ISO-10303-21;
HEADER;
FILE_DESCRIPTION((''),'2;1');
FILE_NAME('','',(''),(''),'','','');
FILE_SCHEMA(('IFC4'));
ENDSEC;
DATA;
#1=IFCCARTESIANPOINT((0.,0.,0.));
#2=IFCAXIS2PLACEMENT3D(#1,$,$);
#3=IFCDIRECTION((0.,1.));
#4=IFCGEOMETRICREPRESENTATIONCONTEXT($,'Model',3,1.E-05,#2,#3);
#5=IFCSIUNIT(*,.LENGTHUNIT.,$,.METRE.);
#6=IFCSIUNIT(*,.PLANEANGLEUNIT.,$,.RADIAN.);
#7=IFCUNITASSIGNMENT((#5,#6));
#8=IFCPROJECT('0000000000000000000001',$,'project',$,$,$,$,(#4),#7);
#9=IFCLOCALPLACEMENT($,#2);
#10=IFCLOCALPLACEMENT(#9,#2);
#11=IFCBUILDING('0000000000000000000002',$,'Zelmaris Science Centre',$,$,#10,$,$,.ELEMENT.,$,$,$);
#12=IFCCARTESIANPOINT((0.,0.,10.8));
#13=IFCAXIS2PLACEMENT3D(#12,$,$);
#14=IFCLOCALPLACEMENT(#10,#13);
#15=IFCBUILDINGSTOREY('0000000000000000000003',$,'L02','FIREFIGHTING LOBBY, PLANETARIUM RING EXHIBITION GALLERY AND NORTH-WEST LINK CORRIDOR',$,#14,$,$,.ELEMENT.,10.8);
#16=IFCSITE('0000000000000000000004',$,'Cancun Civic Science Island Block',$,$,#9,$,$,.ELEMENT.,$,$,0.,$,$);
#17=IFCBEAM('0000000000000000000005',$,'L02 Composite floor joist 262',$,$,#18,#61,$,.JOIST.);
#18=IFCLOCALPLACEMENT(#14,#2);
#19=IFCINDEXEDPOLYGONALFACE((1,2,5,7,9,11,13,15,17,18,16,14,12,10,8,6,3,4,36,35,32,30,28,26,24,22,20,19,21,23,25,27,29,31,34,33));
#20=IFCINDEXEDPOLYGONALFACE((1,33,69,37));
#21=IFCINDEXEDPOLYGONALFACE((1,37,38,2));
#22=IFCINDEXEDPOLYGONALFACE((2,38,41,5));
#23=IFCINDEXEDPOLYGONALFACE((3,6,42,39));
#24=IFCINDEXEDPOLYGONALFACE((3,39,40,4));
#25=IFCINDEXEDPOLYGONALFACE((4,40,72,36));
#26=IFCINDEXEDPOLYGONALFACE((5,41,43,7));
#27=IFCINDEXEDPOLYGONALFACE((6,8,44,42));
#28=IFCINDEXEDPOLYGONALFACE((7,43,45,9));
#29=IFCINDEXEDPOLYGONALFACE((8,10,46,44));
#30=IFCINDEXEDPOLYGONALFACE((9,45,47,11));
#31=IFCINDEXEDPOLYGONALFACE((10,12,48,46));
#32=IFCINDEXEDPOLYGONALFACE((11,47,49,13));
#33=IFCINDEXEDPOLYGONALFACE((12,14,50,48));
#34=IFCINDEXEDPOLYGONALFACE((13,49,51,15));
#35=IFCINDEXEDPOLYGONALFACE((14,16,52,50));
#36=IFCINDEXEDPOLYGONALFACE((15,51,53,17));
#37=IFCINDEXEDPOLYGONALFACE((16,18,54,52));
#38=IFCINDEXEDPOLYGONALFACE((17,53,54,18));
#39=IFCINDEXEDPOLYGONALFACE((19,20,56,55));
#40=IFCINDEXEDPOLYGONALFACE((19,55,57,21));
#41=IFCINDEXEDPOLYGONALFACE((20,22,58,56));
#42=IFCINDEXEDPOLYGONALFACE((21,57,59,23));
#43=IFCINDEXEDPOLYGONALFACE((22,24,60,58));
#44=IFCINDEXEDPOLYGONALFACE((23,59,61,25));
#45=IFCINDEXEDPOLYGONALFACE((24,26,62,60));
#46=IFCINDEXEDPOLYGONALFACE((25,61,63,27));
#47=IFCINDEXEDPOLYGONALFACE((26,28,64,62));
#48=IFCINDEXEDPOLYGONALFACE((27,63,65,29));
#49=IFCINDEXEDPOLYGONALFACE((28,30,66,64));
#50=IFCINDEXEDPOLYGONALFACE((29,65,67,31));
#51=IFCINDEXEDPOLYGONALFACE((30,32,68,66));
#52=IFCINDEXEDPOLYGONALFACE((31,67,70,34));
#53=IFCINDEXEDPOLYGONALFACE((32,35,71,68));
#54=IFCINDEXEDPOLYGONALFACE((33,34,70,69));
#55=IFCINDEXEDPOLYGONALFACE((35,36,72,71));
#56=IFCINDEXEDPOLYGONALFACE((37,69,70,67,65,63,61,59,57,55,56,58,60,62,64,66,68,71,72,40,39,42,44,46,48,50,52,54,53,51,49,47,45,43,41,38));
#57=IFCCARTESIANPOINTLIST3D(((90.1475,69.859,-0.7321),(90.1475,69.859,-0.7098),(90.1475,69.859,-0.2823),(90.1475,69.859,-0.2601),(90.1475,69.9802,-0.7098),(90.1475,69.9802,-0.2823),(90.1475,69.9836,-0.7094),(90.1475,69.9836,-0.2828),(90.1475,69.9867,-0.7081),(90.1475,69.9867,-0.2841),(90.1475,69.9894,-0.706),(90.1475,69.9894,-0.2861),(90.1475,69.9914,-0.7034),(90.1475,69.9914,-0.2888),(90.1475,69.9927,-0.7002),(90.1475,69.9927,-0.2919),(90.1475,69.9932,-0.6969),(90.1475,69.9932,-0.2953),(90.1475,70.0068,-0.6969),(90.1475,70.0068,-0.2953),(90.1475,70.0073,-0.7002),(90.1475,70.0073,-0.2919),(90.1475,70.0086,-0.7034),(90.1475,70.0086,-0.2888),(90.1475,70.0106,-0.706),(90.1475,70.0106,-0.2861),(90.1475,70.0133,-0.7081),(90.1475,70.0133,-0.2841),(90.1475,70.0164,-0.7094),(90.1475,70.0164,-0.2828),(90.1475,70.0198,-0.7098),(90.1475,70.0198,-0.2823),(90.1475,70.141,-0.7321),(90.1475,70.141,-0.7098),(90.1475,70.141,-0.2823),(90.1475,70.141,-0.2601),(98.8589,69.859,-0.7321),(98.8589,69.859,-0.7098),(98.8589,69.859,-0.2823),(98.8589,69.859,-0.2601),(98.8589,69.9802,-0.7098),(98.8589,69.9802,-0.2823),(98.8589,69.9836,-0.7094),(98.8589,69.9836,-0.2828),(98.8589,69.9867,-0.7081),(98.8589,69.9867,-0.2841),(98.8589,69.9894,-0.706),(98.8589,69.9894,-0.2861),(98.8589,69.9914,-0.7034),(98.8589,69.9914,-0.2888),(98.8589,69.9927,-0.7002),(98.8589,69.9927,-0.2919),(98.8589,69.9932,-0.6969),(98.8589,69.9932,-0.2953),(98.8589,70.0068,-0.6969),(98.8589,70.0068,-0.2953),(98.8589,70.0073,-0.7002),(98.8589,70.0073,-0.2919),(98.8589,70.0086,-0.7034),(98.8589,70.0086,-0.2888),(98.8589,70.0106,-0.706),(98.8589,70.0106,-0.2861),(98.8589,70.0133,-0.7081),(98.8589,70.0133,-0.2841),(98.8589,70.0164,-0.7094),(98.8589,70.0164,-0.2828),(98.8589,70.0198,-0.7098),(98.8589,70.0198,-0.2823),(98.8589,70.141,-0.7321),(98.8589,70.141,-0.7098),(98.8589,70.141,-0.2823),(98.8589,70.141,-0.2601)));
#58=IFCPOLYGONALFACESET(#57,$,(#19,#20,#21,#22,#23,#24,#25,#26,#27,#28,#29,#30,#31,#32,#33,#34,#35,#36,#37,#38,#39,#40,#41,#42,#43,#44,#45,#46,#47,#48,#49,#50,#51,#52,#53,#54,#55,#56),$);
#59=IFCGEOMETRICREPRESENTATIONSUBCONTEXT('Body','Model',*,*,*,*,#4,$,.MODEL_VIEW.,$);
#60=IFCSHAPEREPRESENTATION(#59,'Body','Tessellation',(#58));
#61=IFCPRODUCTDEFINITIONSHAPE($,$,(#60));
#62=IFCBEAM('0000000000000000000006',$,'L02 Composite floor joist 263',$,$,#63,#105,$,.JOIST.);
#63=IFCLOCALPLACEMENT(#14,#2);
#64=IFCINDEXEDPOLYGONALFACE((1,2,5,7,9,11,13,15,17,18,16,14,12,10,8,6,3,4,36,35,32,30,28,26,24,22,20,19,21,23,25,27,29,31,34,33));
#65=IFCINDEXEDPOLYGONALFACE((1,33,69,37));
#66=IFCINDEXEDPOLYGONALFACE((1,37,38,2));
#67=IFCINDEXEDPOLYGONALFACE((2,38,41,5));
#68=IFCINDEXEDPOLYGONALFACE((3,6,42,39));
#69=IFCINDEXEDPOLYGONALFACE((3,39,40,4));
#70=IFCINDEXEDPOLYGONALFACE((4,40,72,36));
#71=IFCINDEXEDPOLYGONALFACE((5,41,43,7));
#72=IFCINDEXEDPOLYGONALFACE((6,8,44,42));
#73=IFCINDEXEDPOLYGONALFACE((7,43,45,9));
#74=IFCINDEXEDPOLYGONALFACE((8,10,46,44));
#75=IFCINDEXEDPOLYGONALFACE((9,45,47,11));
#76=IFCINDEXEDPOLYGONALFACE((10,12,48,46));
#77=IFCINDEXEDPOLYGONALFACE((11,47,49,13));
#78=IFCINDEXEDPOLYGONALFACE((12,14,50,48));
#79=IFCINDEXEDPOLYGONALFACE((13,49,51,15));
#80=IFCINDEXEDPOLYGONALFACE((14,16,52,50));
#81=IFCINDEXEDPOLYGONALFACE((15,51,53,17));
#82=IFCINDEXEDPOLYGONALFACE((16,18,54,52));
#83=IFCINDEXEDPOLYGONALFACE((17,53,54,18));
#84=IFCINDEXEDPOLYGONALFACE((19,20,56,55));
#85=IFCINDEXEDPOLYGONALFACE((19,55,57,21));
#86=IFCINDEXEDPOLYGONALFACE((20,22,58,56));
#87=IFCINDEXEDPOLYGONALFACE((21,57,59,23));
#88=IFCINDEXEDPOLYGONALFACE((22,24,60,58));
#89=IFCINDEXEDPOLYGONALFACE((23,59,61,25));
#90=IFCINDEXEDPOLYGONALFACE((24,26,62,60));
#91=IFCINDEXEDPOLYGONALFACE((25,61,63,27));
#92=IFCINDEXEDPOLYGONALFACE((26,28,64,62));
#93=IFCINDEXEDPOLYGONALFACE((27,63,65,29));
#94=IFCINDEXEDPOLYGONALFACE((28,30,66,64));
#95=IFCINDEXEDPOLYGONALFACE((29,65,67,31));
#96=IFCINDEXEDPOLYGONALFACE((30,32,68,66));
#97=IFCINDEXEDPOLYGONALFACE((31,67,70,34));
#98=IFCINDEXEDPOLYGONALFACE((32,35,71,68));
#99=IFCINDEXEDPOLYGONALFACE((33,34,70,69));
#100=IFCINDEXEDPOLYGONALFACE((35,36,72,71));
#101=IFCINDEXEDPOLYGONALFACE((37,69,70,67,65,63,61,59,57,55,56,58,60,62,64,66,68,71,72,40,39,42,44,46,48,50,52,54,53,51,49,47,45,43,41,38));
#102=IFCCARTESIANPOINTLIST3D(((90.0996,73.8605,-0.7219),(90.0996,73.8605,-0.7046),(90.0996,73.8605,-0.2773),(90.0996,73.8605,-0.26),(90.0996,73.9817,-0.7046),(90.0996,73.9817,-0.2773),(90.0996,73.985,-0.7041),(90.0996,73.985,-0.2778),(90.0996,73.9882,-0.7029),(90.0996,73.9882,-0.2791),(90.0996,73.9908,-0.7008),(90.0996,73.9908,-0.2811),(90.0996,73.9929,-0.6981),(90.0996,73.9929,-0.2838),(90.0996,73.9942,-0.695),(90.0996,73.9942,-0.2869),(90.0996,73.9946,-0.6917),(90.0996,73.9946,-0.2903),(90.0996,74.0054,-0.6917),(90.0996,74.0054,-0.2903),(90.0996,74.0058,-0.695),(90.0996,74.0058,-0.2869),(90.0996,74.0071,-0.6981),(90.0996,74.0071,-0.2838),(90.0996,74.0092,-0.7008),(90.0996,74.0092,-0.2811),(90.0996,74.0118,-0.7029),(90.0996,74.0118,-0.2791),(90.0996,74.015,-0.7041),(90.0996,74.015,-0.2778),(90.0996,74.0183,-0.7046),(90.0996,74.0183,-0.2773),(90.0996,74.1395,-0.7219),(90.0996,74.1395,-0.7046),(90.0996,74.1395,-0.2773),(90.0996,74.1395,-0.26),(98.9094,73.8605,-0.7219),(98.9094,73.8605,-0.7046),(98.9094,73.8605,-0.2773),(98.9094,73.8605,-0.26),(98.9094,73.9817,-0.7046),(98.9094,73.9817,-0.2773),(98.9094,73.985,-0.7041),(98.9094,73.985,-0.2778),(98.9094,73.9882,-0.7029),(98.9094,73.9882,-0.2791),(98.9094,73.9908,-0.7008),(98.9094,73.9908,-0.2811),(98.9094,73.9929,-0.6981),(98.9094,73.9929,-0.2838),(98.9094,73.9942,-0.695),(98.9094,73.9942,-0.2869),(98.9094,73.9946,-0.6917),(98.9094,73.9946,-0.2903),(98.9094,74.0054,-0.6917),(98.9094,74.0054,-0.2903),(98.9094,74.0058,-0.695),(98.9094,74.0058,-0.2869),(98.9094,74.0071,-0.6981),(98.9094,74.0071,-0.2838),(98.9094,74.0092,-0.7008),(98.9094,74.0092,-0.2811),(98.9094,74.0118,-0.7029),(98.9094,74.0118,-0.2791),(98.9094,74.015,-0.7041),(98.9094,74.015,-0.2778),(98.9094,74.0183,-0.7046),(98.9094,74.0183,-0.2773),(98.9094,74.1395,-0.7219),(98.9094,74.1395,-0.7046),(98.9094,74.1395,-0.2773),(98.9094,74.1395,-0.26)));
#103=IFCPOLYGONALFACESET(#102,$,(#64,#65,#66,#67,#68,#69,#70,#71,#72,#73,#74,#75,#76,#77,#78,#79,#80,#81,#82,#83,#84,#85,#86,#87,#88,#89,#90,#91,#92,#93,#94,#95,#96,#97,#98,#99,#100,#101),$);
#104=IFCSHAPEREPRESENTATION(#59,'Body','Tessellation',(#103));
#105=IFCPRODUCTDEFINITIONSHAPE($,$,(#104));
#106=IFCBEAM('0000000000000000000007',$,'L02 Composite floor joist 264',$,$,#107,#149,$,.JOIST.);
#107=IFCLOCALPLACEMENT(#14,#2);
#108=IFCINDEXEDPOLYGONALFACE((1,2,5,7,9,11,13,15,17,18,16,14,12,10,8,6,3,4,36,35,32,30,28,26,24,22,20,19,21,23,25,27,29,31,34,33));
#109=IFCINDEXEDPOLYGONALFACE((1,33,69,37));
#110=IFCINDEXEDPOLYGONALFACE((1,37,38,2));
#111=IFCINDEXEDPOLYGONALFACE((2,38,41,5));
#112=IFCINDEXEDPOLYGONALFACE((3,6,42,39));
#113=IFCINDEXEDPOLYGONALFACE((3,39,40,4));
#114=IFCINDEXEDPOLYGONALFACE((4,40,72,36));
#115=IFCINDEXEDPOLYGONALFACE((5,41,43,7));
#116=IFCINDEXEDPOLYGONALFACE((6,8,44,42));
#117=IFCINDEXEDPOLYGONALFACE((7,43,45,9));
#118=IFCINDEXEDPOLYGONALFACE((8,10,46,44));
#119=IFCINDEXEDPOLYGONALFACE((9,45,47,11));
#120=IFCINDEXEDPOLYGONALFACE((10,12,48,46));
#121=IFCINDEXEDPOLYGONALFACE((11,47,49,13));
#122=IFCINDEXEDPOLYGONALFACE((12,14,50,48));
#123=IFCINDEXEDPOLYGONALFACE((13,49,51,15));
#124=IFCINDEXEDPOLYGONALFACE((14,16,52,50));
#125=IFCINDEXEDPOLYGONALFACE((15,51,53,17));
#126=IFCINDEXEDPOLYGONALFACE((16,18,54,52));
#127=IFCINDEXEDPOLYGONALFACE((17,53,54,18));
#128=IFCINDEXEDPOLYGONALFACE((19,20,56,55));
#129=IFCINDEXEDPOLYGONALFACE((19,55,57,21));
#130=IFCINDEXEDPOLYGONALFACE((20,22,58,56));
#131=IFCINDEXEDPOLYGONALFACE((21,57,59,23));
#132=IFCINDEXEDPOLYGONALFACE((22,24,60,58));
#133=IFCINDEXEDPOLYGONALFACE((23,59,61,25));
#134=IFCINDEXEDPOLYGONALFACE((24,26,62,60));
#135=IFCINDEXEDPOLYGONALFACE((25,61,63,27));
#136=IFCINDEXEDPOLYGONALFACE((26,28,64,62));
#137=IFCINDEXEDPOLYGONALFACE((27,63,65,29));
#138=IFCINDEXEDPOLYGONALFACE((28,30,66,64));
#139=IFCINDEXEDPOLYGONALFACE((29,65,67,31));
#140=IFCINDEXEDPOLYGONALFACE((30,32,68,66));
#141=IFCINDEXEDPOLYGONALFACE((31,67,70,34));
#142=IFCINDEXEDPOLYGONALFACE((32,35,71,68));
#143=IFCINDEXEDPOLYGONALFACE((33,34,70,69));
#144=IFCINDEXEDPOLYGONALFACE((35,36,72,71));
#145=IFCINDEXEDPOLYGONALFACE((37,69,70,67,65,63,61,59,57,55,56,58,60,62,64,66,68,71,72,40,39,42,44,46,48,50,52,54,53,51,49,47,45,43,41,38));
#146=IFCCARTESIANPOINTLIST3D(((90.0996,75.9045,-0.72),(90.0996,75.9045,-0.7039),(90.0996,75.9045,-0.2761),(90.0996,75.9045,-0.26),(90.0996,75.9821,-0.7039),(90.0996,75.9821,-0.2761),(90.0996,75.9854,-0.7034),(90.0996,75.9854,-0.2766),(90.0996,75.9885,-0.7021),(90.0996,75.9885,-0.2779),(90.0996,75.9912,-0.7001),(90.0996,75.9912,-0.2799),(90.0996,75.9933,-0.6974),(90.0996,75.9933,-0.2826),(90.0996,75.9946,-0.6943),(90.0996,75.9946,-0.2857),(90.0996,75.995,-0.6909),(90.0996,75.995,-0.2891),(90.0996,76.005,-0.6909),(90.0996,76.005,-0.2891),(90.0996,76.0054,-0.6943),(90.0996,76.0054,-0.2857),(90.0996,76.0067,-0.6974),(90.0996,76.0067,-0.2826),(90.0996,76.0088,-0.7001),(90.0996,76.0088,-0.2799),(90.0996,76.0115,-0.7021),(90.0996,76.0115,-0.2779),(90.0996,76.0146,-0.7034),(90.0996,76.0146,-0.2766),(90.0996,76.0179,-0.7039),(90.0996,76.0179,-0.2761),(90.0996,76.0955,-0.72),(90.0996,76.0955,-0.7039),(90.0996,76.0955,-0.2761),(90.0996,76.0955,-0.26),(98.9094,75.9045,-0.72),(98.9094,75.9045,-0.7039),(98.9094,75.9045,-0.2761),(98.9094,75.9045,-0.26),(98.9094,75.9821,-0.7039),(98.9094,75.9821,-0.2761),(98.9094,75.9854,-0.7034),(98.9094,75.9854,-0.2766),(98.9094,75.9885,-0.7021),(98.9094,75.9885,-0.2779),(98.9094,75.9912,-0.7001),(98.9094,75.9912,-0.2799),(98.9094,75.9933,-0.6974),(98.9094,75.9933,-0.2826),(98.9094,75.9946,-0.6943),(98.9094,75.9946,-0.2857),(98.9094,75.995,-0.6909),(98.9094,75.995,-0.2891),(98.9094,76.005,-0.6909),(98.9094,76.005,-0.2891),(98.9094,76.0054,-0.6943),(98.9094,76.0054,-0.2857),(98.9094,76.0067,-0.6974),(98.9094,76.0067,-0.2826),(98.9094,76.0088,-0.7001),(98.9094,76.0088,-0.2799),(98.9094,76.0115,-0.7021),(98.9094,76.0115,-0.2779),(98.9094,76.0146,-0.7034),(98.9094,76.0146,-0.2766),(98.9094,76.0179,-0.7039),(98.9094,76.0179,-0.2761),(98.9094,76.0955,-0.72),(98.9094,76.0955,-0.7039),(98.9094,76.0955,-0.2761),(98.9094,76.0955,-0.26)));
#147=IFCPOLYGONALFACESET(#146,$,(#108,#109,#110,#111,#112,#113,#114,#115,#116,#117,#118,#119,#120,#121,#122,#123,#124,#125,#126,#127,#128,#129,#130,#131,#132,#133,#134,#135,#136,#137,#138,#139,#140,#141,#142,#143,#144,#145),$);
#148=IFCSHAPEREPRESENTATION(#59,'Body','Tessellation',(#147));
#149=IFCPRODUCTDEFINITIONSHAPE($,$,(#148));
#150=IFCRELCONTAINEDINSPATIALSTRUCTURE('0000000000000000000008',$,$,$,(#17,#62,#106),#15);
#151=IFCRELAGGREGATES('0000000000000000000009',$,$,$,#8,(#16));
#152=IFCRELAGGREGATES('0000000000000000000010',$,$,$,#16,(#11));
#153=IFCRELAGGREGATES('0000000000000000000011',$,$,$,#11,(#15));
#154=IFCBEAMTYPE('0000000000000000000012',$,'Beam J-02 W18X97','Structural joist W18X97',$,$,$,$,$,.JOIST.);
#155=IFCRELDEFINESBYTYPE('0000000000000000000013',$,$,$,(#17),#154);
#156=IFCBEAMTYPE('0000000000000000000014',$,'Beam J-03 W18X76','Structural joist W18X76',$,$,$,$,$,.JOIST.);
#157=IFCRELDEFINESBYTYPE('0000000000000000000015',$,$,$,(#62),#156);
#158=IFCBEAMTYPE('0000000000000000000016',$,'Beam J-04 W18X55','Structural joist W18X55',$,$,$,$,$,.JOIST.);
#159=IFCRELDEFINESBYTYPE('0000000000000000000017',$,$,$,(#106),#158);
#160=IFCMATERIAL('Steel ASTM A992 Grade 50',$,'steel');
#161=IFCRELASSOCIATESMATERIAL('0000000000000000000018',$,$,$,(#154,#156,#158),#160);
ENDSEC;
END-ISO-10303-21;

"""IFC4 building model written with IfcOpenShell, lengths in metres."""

from ifc_helpers import new_model, si_unit, direction, frame, origin, origin_2d, place, context, subcontext, project, spatial, i_section, extrude, material, material_profile, profile_set, type_object, element, save


model = new_model("IFC4")

# Units and contexts
model_context = context("Model", 3, precision=1e-05, world=origin(), true_north=direction((0.0, 1.0)))
body_context = subcontext(model_context, "Body", "Model", "MODEL_VIEW")
ifc_project = project(units=[si_unit("LENGTHUNIT", "METRE"), si_unit("PLANEANGLEUNIT", "RADIAN")], contexts=[model_context])

# Site, building, storey
site_placement = place(None, origin())
site = spatial("IfcSite", under=ifc_project, at=site_placement, Name="Cancun Civic Science Island Block", CompositionType="ELEMENT", RefElevation=0.0)
building_placement = place(site_placement, origin())
building = spatial("IfcBuilding", under=site, at=building_placement, Name="Zelmaris Science Centre", CompositionType="ELEMENT")
storey_placement = place(building_placement, frame((0.0, 0.0, 10.8)))
storey = spatial("IfcBuildingStorey", under=building, at=storey_placement, Name="L02", Description="FIREFIGHTING LOBBY, PLANETARIUM RING EXHIBITION GALLERY AND NORTH-WEST LINK CORRIDOR", CompositionType="ELEMENT", Elevation=10.8)

# Shared definitions
ifc_material_1 = material(Name="Steel ASTM A992 Grade 50", Category="steel")

# Beams
ifc_material_profile_1 = material_profile(ifc_material_1, i_section(OverallWidth=0.282, OverallDepth=0.4719, WebThickness=0.0137, FlangeThickness=0.0222, FilletRadius=0.0129, at=origin_2d()), Name="W18X97")
ifc_profile_set_1 = profile_set([ifc_material_profile_1], Name="Steel ASTM A992 Grade 50")
beam_type_1 = type_object("IfcBeamType", Name="Beam J-02 W18X97", Description="Structural joist W18X97", PredefinedType="JOIST", material=ifc_profile_set_1)
beam_1_placement = place(storey_placement, frame((90.1475, 70.0, -0.4961), z_axis=(1.0, 0.0, 0.0), x_axis=(0.0, 1.0, 0.0)))
element("IfcBeam", 1, at=beam_1_placement, inside=storey, type_object=beam_type_1, Name="L02 Composite floor joist 262", PredefinedType="JOIST", context=body_context, shape_type="SweptSolid", body=[
    extrude(i_section(OverallWidth=0.282, OverallDepth=0.4719, WebThickness=0.0137, FlangeThickness=0.0222, FilletRadius=0.0129, at=origin_2d()), origin(), (0.0, 0.0, 1.0), 8.7114),
])
ifc_material_profile_2 = material_profile(ifc_material_1, i_section(OverallWidth=0.2791, OverallDepth=0.4619, WebThickness=0.0107, FlangeThickness=0.0173, FilletRadius=0.0129, at=origin_2d()), Name="W18X76")
ifc_profile_set_2 = profile_set([ifc_material_profile_2], Name="Steel ASTM A992 Grade 50")
beam_type_2 = type_object("IfcBeamType", Name="Beam J-03 W18X76", Description="Structural joist W18X76", PredefinedType="JOIST", material=ifc_profile_set_2)
beam_2_placement = place(storey_placement, frame((90.0996, 74.0, -0.491), z_axis=(1.0, 0.0, 0.0), x_axis=(0.0, 1.0, 0.0)))
element("IfcBeam", 2, at=beam_2_placement, inside=storey, type_object=beam_type_2, Name="L02 Composite floor joist 263", PredefinedType="JOIST", context=body_context, shape_type="SweptSolid", body=[
    extrude(i_section(OverallWidth=0.2791, OverallDepth=0.4619, WebThickness=0.0107, FlangeThickness=0.0173, FilletRadius=0.0129, at=origin_2d()), origin(), (0.0, 0.0, 1.0), 8.8098),
])
ifc_material_profile_3 = material_profile(ifc_material_1, i_section(OverallWidth=0.1909, OverallDepth=0.46, WebThickness=0.01, FlangeThickness=0.0161, FilletRadius=0.0129, at=origin_2d()), Name="W18X55")
ifc_profile_set_3 = profile_set([ifc_material_profile_3], Name="Steel ASTM A992 Grade 50")
beam_type_3 = type_object("IfcBeamType", Name="Beam J-04 W18X55", Description="Structural joist W18X55", PredefinedType="JOIST", material=ifc_profile_set_3)
beam_3_placement = place(storey_placement, frame((90.0996, 76.0, -0.49), z_axis=(1.0, 0.0, 0.0), x_axis=(0.0, 1.0, 0.0)))
element("IfcBeam", 3, at=beam_3_placement, inside=storey, type_object=beam_type_3, Name="L02 Composite floor joist 264", PredefinedType="JOIST", context=body_context, shape_type="SweptSolid", body=[
    extrude(i_section(OverallWidth=0.1909, OverallDepth=0.46, WebThickness=0.01, FlangeThickness=0.0161, FilletRadius=0.0129, at=origin_2d()), origin(), (0.0, 0.0, 1.0), 8.8098),
])

save(model, "model.ifc")
